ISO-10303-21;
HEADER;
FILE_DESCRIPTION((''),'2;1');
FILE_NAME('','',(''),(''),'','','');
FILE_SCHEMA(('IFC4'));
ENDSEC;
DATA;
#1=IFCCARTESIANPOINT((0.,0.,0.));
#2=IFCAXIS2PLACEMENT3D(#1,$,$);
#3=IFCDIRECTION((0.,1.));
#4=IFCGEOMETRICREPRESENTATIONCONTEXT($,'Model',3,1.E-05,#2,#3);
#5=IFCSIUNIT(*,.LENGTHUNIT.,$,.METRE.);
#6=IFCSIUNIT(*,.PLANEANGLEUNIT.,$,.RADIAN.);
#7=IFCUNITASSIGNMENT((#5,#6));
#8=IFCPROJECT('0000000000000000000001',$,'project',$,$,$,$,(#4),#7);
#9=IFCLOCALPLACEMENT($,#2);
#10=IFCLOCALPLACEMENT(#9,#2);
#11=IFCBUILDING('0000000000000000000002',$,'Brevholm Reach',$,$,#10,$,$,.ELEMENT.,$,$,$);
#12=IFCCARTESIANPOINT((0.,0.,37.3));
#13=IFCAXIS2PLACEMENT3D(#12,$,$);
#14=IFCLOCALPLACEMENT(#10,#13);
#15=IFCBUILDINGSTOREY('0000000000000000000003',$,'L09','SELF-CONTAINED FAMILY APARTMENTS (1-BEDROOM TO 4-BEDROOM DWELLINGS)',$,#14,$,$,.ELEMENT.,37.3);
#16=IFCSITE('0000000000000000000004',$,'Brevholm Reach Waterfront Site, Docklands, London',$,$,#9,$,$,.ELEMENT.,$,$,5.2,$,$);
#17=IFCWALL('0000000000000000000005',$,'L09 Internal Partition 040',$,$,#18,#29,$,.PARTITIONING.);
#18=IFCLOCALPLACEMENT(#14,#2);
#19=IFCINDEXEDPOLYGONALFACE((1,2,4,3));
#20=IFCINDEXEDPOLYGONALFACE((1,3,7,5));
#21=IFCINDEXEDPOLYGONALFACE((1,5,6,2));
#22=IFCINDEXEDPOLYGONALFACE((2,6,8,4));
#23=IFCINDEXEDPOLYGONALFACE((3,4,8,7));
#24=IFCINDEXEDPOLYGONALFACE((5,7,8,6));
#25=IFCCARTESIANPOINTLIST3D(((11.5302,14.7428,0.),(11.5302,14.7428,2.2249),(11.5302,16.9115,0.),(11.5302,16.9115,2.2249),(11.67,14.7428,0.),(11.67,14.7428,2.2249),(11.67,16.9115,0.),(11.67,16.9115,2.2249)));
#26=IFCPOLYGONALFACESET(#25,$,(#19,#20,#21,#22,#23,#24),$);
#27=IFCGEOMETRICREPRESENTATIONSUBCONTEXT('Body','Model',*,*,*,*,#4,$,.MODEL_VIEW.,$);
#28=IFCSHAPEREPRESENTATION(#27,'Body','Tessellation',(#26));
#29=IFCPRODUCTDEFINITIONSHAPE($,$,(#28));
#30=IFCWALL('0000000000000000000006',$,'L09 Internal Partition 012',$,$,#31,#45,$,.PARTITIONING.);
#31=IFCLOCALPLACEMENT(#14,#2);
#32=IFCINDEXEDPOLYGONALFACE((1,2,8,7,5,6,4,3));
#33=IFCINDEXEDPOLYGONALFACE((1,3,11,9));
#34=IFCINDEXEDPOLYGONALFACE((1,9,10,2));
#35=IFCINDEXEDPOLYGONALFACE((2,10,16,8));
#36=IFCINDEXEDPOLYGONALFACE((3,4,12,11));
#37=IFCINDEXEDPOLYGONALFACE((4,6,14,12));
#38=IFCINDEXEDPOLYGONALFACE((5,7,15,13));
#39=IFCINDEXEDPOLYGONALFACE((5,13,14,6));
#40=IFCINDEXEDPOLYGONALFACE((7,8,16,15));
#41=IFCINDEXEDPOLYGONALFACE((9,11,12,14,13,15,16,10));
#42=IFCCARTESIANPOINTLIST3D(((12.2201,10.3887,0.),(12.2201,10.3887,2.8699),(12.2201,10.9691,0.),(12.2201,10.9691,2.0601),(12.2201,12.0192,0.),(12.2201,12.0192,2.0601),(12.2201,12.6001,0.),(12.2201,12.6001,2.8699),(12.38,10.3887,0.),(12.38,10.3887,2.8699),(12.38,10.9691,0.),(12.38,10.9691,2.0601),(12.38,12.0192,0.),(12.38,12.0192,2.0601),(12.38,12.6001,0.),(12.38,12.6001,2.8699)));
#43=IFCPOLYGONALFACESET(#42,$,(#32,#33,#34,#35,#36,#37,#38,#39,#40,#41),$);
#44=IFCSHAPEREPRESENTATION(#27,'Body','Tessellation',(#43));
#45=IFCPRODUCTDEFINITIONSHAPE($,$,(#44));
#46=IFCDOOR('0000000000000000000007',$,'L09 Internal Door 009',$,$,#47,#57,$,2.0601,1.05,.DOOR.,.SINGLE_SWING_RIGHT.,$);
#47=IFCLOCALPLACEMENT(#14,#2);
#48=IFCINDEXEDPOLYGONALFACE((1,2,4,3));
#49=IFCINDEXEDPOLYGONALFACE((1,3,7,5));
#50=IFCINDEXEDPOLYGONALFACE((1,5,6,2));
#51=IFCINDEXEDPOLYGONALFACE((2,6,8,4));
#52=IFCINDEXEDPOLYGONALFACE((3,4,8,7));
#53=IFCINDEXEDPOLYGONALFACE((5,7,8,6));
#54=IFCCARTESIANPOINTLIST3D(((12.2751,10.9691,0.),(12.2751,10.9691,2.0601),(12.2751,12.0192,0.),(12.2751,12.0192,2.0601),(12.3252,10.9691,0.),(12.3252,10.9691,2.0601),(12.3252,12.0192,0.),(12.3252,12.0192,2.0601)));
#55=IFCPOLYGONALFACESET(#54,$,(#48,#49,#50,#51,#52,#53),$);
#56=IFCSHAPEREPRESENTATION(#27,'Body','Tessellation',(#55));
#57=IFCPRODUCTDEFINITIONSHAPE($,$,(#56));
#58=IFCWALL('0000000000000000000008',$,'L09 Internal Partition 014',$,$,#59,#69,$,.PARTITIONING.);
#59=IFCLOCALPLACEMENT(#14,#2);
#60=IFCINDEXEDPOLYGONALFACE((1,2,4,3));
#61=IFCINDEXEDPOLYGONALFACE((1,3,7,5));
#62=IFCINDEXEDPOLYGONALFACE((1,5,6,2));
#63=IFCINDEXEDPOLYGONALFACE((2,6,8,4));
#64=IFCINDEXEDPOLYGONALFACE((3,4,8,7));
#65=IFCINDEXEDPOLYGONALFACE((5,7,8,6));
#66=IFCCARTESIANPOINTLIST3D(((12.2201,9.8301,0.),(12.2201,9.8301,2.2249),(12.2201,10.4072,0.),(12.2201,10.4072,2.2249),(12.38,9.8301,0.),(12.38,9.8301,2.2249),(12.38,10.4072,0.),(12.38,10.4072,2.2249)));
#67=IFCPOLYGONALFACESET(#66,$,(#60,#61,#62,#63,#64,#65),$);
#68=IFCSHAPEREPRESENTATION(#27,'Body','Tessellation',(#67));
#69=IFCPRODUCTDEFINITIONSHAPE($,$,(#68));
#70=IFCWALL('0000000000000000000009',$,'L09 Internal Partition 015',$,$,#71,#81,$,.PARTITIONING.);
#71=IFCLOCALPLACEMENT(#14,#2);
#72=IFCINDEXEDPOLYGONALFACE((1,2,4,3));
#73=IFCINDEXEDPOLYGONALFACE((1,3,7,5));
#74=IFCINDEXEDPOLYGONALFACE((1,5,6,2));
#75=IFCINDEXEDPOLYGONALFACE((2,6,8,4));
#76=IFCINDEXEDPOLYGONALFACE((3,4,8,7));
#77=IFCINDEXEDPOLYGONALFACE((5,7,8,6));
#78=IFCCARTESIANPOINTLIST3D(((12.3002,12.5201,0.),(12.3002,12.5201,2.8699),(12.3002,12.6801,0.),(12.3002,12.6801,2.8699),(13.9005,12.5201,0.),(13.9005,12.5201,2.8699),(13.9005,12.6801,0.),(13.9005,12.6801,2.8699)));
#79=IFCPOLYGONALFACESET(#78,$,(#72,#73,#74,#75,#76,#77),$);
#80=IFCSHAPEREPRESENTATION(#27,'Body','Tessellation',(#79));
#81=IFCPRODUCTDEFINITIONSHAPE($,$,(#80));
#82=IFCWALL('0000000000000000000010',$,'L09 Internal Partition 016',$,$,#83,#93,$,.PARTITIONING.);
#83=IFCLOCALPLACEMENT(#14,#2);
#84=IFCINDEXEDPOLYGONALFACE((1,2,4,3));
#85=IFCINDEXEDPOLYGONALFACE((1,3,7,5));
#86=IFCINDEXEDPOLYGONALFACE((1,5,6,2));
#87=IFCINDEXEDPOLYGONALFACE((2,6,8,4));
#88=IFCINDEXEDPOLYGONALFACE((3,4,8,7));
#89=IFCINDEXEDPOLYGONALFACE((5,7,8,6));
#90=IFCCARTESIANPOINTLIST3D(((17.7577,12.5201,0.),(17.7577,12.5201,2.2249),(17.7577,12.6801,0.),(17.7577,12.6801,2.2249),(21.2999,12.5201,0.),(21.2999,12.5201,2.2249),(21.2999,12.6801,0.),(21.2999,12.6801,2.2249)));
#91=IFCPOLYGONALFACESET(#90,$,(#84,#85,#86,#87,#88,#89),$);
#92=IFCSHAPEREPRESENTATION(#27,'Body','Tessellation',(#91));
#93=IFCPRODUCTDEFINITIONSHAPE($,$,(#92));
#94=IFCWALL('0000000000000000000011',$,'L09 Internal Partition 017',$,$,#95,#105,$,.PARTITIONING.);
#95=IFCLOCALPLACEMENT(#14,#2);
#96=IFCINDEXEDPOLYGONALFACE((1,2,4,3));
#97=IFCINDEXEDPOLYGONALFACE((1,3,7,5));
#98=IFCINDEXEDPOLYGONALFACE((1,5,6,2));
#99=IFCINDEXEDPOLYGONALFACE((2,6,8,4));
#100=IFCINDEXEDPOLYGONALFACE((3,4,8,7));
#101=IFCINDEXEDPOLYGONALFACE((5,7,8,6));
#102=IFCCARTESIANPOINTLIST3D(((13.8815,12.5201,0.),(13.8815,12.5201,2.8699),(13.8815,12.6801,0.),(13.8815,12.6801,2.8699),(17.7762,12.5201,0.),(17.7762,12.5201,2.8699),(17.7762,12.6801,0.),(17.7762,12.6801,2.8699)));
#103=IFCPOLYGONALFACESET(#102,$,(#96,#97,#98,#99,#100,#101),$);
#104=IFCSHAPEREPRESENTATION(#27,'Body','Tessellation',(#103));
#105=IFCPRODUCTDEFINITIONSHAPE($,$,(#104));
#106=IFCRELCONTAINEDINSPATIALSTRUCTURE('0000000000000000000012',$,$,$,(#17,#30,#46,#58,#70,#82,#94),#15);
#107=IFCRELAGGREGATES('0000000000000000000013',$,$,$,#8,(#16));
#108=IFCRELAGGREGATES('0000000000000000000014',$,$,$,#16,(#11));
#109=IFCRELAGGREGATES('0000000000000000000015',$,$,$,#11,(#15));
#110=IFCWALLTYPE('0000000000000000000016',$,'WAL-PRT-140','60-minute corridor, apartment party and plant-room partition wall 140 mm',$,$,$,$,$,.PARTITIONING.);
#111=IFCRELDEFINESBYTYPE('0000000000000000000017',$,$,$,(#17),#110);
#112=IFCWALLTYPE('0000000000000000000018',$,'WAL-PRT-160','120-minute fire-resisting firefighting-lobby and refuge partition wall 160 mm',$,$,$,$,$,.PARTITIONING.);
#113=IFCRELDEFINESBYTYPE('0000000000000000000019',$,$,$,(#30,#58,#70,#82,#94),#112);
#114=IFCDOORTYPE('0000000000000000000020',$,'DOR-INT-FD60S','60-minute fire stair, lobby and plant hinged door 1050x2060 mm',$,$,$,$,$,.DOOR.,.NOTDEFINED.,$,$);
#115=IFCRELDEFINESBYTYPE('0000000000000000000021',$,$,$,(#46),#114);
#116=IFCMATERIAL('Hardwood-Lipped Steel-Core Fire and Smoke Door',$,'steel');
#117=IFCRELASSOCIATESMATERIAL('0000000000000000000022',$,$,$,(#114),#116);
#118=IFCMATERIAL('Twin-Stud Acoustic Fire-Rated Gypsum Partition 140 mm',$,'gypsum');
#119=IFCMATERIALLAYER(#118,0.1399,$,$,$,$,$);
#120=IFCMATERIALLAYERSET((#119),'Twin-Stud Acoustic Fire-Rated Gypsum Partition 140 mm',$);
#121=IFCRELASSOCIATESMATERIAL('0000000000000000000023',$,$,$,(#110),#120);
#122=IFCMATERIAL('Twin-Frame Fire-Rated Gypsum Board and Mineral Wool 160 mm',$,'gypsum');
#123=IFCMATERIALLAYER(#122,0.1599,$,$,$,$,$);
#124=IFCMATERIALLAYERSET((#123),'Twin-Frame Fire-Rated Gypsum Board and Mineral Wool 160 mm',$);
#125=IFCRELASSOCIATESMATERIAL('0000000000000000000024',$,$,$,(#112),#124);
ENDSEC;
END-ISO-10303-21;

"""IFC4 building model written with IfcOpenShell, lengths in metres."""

from ifc_helpers import new_model, si_unit, direction, frame, frame_2d, origin, place, context, subcontext, project, spatial, rectangle, extrude, material, layer, layer_set, type_object, element, fill, save


model = new_model("IFC4")

# Units and contexts
model_context = context("Model", 3, precision=1e-05, world=origin(), true_north=direction((0.0, 1.0)))
body_context = subcontext(model_context, "Body", "Model", "MODEL_VIEW")
ifc_project = project(units=[si_unit("LENGTHUNIT", "METRE"), si_unit("PLANEANGLEUNIT", "RADIAN")], contexts=[model_context])

# Site, building, storey
site_placement = place(None, origin())
site = spatial("IfcSite", under=ifc_project, at=site_placement, Name="Brevholm Reach Waterfront Site, Docklands, London", CompositionType="ELEMENT", RefElevation=5.2)
building_placement = place(site_placement, origin())
building = spatial("IfcBuilding", under=site, at=building_placement, Name="Brevholm Reach", CompositionType="ELEMENT")
storey_placement = place(building_placement, frame((0.0, 0.0, 37.3)))
storey = spatial("IfcBuildingStorey", under=building, at=storey_placement, Name="L09", Description="SELF-CONTAINED FAMILY APARTMENTS (1-BEDROOM TO 4-BEDROOM DWELLINGS)", CompositionType="ELEMENT", Elevation=37.3)

# Shared definitions
ifc_material_1 = material(Name="Hardwood-Lipped Steel-Core Fire and Smoke Door", Category="steel")
door_type_1 = type_object("IfcDoorType", Name="DOR-INT-FD60S", Description="60-minute fire stair, lobby and plant hinged door 1050x2060 mm", OperationType="NOTDEFINED", PredefinedType="DOOR", material=ifc_material_1)

# Wall
ifc_material_2 = material(Name="Twin-Stud Acoustic Fire-Rated Gypsum Partition 140 mm", Category="gypsum")
ifc_layer_1 = layer(ifc_material_2, 0.1399)
ifc_layer_set_1 = layer_set([ifc_layer_1], Name="Twin-Stud Acoustic Fire-Rated Gypsum Partition 140 mm")
wall_type_1 = type_object("IfcWallType", Name="WAL-PRT-140", Description="60-minute corridor, apartment party and plant-room partition wall 140 mm", PredefinedType="PARTITIONING", material=ifc_layer_set_1)
wall_1_placement = place(storey_placement, frame((11.6001, 14.7427, 0.0), z_axis=(0.0, 0.0, 1.0), x_axis=(0.0, 1.0, 0.0)))
element("IfcWall", 1, at=wall_1_placement, inside=storey, type_object=wall_type_1, Name="L09 Internal Partition 040", PredefinedType="PARTITIONING", context=body_context, shape_type="SweptSolid", body=[
    extrude(rectangle(XDim=2.1687, YDim=0.1399, at=frame_2d((1.0845, 0.0))), origin(), (0.0, 0.0, 1.0), 2.2249),
])

# Wall, opening, door
ifc_material_3 = material(Name="Twin-Frame Fire-Rated Gypsum Board and Mineral Wool 160 mm", Category="gypsum")
ifc_layer_2 = layer(ifc_material_3, 0.1599)
ifc_layer_set_2 = layer_set([ifc_layer_2], Name="Twin-Frame Fire-Rated Gypsum Board and Mineral Wool 160 mm")
wall_type_2 = type_object("IfcWallType", Name="WAL-PRT-160", Description="120-minute fire-resisting firefighting-lobby and refuge partition wall 160 mm", PredefinedType="PARTITIONING", material=ifc_layer_set_2)
wall_2_placement = place(storey_placement, frame((12.3, 10.3887, 0.0), z_axis=(0.0, 0.0, 1.0), x_axis=(0.0, 1.0, 0.0)))
wall_2 = element("IfcWall", 2, at=wall_2_placement, inside=storey, type_object=wall_type_2, Name="L09 Internal Partition 012", PredefinedType="PARTITIONING", context=body_context, shape_type="SweptSolid", body=[
    extrude(rectangle(XDim=2.2114, YDim=0.1599, at=frame_2d((1.1057, 0.0))), origin(), (0.0, 0.0, 1.0), 2.8699),
])
opening_1_placement = place(wall_2_placement, frame((0.5806, 0.0, 0.0)))
opening_1 = element("IfcOpeningElement", 3, at=opening_1_placement, cuts=wall_2, PredefinedType="OPENING", context=body_context, shape_type="SweptSolid", body=[
    extrude(rectangle(XDim=1.05, YDim=2.0601, at=frame_2d((0.5249, 1.03))), frame((0.0, 0.0898, 0.0), z_axis=(0.0, -1.0, 0.0), x_axis=(1.0, 0.0, 0.0)), (0.0, 0.0, 1.0), 0.1799),
])
door_1_placement = place(opening_1_placement, origin())
door_1 = element("IfcDoor", 4, at=door_1_placement, inside=storey, type_object=door_type_1, Name="L09 Internal Door 009", OperationType="SINGLE_SWING_RIGHT", OverallHeight=2.0601, OverallWidth=1.05, PredefinedType="DOOR", context=body_context, shape_type="SweptSolid", body=[
    extrude(rectangle(XDim=1.05, YDim=2.0601, at=frame_2d((0.5249, 1.03))), frame((0.0, 0.0249, 0.0), z_axis=(0.0, -1.0, 0.0), x_axis=(1.0, 0.0, 0.0)), (0.0, 0.0, 1.0), 0.05),
])
fill(opening_1, door_1)

# Walls
wall_3_placement = place(storey_placement, frame((12.3, 9.8301, 0.0), z_axis=(0.0, 0.0, 1.0), x_axis=(0.0, 1.0, 0.0)))
element("IfcWall", 5, at=wall_3_placement, inside=storey, type_object=wall_type_2, Name="L09 Internal Partition 014", PredefinedType="PARTITIONING", context=body_context, shape_type="SweptSolid", body=[
    extrude(rectangle(XDim=0.5771, YDim=0.1599, at=frame_2d((0.2886, 0.0))), origin(), (0.0, 0.0, 1.0), 2.2249),
])
wall_4_placement = place(storey_placement, frame((12.3, 12.6001, 0.0), z_axis=(0.0, 0.0, 1.0), x_axis=(1.0, 0.0, 0.0)))
element("IfcWall", 6, at=wall_4_placement, inside=storey, type_object=wall_type_2, Name="L09 Internal Partition 015", PredefinedType="PARTITIONING", context=body_context, shape_type="SweptSolid", body=[
    extrude(rectangle(XDim=1.6003, YDim=0.1599, at=frame_2d((0.8003, 0.0))), origin(), (0.0, 0.0, 1.0), 2.8699),
])
wall_5_placement = place(storey_placement, frame((17.7578, 12.6001, 0.0), z_axis=(0.0, 0.0, 1.0), x_axis=(1.0, 0.0, 0.0)))
element("IfcWall", 7, at=wall_5_placement, inside=storey, type_object=wall_type_2, Name="L09 Internal Partition 016", PredefinedType="PARTITIONING", context=body_context, shape_type="SweptSolid", body=[
    extrude(rectangle(XDim=3.5422, YDim=0.1599, at=frame_2d((1.771, 0.0))), origin(), (0.0, 0.0, 1.0), 2.2249),
])
wall_6_placement = place(storey_placement, frame((13.8816, 12.6001, 0.0), z_axis=(0.0, 0.0, 1.0), x_axis=(1.0, 0.0, 0.0)))
element("IfcWall", 8, at=wall_6_placement, inside=storey, type_object=wall_type_2, Name="L09 Internal Partition 017", PredefinedType="PARTITIONING", context=body_context, shape_type="SweptSolid", body=[
    extrude(rectangle(XDim=3.8948, YDim=0.1599, at=frame_2d((1.9473, 0.0))), origin(), (0.0, 0.0, 1.0), 2.8699),
])

save(model, "model.ifc")
